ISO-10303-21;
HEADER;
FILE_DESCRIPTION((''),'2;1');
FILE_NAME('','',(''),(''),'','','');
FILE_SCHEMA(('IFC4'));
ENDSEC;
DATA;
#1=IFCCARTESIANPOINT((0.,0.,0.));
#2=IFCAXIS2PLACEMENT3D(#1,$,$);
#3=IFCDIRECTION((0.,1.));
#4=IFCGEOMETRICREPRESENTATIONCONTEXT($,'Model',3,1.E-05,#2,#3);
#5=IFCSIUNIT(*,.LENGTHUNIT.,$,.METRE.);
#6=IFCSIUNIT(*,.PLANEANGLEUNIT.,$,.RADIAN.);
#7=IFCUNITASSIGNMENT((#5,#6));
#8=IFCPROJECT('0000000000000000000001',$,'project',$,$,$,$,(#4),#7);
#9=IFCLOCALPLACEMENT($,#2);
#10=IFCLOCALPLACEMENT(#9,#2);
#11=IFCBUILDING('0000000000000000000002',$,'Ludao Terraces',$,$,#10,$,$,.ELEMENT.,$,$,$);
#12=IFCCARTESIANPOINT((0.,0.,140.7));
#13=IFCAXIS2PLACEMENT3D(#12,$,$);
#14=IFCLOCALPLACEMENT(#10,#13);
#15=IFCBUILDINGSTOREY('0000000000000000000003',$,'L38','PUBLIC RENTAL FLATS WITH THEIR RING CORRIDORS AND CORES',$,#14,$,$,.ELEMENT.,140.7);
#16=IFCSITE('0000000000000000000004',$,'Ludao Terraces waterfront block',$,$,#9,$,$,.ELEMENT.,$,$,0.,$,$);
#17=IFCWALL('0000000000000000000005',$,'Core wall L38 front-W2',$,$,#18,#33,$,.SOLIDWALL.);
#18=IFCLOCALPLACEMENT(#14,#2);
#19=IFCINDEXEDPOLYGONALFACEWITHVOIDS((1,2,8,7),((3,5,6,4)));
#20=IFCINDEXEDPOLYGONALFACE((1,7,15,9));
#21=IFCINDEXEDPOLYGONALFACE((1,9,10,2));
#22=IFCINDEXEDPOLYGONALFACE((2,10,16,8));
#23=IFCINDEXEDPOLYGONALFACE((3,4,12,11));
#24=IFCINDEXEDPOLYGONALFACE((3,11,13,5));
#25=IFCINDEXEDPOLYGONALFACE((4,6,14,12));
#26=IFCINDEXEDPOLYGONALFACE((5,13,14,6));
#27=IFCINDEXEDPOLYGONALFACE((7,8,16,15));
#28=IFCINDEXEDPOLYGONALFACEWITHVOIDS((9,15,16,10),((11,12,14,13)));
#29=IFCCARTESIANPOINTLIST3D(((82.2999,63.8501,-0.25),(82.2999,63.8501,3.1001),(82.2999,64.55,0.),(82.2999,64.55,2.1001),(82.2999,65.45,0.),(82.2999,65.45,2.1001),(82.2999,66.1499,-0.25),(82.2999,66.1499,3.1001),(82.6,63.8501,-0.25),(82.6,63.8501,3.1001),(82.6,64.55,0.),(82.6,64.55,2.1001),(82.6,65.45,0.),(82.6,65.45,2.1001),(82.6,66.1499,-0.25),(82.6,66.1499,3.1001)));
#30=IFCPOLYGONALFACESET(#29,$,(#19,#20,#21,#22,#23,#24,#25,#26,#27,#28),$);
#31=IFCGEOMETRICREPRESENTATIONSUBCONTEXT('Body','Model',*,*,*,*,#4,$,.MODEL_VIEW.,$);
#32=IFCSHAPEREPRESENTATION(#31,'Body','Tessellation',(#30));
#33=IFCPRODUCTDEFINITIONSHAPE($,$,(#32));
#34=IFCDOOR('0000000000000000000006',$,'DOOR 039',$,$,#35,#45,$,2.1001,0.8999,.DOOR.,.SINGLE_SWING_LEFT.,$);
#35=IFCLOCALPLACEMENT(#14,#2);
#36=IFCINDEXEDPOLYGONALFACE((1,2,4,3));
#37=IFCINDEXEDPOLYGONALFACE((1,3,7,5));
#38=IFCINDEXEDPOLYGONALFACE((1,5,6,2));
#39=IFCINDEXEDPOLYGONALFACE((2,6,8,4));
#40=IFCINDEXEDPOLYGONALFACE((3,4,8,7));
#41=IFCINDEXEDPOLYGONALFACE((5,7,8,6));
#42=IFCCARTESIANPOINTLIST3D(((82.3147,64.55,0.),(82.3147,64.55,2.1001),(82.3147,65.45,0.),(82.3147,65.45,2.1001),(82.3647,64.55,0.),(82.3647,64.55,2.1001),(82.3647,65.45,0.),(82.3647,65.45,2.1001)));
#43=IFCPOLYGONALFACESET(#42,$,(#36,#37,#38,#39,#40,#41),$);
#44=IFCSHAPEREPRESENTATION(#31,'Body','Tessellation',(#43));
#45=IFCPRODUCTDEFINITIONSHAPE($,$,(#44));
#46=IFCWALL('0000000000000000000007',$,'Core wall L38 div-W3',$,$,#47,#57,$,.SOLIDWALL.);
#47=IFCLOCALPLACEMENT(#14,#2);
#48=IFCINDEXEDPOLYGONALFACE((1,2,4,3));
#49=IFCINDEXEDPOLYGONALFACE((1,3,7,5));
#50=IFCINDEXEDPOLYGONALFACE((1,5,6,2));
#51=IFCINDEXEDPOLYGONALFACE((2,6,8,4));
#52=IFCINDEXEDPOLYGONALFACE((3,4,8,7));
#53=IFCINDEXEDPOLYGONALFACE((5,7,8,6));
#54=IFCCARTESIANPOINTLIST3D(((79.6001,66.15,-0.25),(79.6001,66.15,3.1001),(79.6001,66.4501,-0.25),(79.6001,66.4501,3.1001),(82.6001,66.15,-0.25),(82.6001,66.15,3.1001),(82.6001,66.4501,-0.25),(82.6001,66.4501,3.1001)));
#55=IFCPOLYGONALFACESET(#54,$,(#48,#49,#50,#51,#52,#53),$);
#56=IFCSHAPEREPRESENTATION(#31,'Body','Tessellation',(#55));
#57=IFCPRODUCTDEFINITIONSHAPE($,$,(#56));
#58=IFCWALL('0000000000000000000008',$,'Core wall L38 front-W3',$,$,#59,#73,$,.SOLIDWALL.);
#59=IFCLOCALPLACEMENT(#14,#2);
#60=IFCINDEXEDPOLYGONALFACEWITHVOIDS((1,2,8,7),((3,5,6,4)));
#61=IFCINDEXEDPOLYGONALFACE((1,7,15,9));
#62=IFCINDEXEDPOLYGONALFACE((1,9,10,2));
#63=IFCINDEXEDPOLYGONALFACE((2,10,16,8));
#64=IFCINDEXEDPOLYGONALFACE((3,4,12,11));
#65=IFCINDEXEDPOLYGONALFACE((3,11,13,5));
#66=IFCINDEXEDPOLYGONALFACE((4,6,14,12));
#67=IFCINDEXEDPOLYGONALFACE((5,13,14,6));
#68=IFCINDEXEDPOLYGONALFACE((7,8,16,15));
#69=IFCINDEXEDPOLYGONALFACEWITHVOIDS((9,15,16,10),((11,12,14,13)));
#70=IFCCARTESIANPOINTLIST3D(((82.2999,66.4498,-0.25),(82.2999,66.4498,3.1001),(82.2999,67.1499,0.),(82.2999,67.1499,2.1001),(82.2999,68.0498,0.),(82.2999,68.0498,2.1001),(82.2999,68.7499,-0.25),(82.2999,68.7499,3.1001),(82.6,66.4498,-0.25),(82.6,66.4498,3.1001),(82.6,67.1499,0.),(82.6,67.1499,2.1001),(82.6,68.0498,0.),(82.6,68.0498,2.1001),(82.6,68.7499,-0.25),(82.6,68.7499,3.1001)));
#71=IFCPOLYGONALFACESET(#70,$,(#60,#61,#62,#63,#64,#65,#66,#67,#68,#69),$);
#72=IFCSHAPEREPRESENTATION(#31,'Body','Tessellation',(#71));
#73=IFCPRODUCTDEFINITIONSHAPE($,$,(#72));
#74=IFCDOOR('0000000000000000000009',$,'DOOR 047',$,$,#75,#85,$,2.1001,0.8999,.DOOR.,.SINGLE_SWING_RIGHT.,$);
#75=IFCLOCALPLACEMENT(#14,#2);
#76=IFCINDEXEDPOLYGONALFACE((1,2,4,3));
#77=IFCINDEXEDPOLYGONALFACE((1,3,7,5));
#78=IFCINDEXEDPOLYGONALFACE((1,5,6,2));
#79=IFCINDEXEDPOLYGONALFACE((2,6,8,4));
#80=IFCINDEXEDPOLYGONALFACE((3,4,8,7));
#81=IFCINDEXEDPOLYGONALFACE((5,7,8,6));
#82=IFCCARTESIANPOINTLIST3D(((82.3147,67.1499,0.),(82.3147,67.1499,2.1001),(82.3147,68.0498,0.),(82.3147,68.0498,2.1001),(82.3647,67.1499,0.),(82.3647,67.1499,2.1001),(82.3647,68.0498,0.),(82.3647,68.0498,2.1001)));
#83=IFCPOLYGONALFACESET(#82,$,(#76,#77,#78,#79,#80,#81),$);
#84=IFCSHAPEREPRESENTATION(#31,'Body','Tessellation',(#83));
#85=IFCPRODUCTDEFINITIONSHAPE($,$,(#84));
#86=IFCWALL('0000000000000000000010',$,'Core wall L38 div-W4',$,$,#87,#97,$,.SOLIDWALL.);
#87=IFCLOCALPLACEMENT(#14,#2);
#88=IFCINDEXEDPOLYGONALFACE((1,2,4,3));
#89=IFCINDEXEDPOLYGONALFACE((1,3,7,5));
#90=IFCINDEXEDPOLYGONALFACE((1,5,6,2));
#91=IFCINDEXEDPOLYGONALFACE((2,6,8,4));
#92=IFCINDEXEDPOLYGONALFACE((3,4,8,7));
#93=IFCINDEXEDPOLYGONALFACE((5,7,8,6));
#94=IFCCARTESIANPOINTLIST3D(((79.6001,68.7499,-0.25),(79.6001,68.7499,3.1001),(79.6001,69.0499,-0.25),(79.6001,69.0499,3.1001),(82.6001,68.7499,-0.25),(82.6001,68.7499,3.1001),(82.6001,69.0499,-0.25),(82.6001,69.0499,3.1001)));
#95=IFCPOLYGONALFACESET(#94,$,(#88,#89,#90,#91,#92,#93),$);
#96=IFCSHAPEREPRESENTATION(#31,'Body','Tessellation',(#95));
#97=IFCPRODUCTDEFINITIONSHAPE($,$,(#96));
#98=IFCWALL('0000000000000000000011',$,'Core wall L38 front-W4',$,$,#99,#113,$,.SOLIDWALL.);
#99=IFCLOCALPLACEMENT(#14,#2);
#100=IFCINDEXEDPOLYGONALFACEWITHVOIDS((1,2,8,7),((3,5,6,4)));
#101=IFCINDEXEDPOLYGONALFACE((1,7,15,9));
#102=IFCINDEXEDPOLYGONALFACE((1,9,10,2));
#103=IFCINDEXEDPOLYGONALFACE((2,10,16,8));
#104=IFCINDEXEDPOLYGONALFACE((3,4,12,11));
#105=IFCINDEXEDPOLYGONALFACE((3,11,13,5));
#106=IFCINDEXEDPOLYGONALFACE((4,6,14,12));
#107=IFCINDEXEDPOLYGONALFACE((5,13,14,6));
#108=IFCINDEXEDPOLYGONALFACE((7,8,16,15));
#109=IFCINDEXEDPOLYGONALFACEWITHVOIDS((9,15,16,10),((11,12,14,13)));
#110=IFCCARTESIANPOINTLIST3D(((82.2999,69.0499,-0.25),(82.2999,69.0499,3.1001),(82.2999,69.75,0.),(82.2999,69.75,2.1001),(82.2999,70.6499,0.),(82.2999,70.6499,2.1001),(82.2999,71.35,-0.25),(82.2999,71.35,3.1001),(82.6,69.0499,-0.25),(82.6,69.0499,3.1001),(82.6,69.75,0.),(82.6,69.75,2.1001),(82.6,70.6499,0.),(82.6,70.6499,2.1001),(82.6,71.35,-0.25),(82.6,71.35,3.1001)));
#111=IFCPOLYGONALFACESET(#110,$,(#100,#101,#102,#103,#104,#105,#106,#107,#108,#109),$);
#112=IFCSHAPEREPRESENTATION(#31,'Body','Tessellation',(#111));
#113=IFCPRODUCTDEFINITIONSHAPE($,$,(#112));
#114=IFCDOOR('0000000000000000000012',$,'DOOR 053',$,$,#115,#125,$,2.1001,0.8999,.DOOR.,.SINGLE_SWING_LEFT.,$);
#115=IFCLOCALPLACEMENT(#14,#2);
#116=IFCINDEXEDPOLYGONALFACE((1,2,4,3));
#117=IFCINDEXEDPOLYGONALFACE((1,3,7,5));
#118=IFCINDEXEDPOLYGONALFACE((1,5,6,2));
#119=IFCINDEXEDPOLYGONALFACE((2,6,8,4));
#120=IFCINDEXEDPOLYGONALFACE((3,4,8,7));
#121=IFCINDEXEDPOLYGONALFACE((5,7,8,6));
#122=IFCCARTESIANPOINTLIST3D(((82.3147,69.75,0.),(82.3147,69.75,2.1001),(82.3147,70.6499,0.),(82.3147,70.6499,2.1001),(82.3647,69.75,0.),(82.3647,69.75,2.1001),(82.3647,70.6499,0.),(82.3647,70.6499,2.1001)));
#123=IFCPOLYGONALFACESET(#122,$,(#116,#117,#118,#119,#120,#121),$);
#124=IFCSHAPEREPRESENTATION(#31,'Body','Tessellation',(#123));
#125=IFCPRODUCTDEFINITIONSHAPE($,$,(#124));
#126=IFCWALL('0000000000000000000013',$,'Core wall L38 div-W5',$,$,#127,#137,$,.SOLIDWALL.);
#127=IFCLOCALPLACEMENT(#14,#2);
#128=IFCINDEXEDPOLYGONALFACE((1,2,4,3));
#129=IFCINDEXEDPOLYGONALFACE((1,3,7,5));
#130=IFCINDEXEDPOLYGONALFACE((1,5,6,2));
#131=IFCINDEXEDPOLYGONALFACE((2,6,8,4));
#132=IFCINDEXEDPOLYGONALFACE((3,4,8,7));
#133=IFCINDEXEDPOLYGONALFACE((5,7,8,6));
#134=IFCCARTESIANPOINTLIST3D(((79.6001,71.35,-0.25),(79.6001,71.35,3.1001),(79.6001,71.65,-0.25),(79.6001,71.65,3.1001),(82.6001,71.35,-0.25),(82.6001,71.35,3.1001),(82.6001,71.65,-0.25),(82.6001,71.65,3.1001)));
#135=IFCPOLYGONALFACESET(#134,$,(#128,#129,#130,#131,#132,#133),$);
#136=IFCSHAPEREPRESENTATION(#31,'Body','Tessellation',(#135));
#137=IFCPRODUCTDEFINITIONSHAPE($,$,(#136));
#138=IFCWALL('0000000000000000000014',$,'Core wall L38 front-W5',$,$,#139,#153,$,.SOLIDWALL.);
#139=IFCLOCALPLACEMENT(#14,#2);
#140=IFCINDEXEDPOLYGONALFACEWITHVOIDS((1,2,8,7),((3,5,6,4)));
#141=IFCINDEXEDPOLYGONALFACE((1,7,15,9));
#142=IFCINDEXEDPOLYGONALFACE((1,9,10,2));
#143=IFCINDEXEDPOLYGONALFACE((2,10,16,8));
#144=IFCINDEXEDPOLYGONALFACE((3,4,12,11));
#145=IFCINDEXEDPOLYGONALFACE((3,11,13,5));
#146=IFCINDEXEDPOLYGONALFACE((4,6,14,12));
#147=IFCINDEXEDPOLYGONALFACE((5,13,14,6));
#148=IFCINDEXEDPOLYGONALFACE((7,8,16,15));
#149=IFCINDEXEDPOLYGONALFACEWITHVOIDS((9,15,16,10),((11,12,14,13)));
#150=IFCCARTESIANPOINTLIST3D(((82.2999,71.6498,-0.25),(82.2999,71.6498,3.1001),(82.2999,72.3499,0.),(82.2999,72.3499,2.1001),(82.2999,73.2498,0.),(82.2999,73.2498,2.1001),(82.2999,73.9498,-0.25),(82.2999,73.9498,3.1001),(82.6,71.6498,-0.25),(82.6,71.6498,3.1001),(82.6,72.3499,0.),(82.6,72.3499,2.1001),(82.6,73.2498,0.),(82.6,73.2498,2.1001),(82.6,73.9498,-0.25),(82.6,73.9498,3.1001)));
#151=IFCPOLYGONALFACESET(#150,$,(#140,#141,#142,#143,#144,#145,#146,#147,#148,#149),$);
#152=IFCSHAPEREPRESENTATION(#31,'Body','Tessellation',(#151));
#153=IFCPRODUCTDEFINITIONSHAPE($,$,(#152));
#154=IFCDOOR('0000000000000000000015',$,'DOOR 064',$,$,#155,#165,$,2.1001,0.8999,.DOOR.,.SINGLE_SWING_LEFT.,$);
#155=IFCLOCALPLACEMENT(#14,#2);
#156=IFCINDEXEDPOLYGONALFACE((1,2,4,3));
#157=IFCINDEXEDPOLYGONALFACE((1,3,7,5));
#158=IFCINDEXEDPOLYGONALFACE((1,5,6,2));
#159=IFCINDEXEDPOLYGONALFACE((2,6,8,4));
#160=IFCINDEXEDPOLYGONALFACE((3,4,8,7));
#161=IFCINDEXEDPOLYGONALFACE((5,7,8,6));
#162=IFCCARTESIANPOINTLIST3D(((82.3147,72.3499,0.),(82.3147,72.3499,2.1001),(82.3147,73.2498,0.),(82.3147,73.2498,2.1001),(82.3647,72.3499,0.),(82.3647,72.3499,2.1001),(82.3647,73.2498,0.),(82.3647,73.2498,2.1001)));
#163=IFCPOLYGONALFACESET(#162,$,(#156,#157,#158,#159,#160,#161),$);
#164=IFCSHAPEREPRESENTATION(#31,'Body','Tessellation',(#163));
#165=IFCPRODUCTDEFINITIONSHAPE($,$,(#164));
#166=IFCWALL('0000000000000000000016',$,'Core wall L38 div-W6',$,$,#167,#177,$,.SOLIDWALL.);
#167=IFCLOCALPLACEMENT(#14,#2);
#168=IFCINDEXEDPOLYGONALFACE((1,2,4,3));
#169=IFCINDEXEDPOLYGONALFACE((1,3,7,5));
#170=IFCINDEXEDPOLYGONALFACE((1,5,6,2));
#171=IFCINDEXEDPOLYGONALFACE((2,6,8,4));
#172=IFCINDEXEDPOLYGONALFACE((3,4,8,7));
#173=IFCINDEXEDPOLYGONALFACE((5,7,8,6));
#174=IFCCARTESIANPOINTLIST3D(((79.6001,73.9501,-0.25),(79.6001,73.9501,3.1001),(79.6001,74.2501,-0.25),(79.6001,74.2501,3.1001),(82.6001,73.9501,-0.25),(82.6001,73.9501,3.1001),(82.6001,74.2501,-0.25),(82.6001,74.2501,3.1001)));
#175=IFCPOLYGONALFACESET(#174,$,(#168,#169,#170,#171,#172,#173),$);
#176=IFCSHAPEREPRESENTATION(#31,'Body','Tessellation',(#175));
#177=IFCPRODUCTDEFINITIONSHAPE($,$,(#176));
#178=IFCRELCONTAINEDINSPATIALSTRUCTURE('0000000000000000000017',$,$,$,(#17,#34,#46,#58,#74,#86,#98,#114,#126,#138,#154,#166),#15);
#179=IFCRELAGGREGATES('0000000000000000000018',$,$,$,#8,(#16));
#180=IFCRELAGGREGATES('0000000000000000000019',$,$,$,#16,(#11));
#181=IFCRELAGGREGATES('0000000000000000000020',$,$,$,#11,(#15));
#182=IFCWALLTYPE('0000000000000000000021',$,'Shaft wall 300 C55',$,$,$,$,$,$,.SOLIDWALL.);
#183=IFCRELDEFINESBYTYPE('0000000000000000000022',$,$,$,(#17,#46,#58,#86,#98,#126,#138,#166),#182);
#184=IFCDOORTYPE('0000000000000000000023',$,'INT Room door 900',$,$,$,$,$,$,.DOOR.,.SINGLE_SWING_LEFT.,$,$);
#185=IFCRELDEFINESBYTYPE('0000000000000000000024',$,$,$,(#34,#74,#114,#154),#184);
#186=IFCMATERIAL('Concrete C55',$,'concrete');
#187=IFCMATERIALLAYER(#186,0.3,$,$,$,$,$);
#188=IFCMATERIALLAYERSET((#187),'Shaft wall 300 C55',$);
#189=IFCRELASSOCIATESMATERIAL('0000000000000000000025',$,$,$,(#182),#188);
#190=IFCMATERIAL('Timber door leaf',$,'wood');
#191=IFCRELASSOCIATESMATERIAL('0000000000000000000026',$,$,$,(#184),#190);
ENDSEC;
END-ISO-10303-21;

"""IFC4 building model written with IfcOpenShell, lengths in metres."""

from ifc_helpers import new_model, si_unit, direction, frame, frame_2d, origin, place, context, subcontext, project, spatial, rectangle, extrude, material, layer, layer_set, type_object, element, fill, save


model = new_model("IFC4")

# Units and contexts
model_context = context("Model", 3, precision=1e-05, world=origin(), true_north=direction((0.0, 1.0)))
body_context = subcontext(model_context, "Body", "Model", "MODEL_VIEW")
ifc_project = project(units=[si_unit("LENGTHUNIT", "METRE"), si_unit("PLANEANGLEUNIT", "RADIAN")], contexts=[model_context])

# Site, building, storey
site_placement = place(None, origin())
site = spatial("IfcSite", under=ifc_project, at=site_placement, Name="Ludao Terraces waterfront block", CompositionType="ELEMENT", RefElevation=0.0)
building_placement = place(site_placement, origin())
building = spatial("IfcBuilding", under=site, at=building_placement, Name="Ludao Terraces", CompositionType="ELEMENT")
storey_placement = place(building_placement, frame((0.0, 0.0, 140.7)))
storey = spatial("IfcBuildingStorey", under=building, at=storey_placement, Name="L38", Description="PUBLIC RENTAL FLATS WITH THEIR RING CORRIDORS AND CORES", CompositionType="ELEMENT", Elevation=140.7)

# Shared definitions
ifc_material_1 = material(Name="Timber door leaf", Category="wood")

# Shared definitions
ifc_material_2 = material(Name="Concrete C55", Category="concrete")
ifc_layer_1 = layer(ifc_material_2, 0.3)
ifc_layer_set_1 = layer_set([ifc_layer_1], Name="Shaft wall 300 C55")
wall_type_1 = type_object("IfcWallType", Name="Shaft wall 300 C55", PredefinedType="SOLIDWALL", material=ifc_layer_set_1)

# Wall, opening, door
wall_1_placement = place(storey_placement, frame((82.45, 63.8501, -0.25), z_axis=(0.0, 0.0, 1.0), x_axis=(0.0, 1.0, 0.0)))
wall_1 = element("IfcWall", 1, at=wall_1_placement, inside=storey, type_object=wall_type_1, Name="Core wall L38 front-W2", PredefinedType="SOLIDWALL", context=body_context, shape_type="SweptSolid", body=[
    extrude(rectangle(XDim=2.2998, YDim=0.3, at=frame_2d((1.1499, 0.0))), origin(), (0.0, 0.0, 1.0), 3.3501),
])
opening_1_placement = place(wall_1_placement, frame((0.7, 0.0, 0.25)))
opening_1 = element("IfcOpeningElement", 2, at=opening_1_placement, cuts=wall_1, PredefinedType="OPENING", context=body_context, shape_type="SweptSolid", body=[
    extrude(rectangle(XDim=0.8999, YDim=2.1001, at=frame_2d((0.45, 1.05))), frame((0.0, 0.1602, 0.0), z_axis=(0.0, -1.0, 0.0), x_axis=(1.0, 0.0, 0.0)), (0.0, 0.0, 1.0), 0.3201),
])
door_type_1 = type_object("IfcDoorType", Name="INT Room door 900", OperationType="SINGLE_SWING_LEFT", PredefinedType="DOOR", material=ifc_material_1)
door_1_placement = place(opening_1_placement, origin())
door_1 = element("IfcDoor", 3, at=door_1_placement, inside=storey, type_object=door_type_1, Name="DOOR 039", OperationType="SINGLE_SWING_LEFT", OverallHeight=2.1001, OverallWidth=0.8999, PredefinedType="DOOR", context=body_context, shape_type="SweptSolid", body=[
    extrude(rectangle(XDim=0.8999, YDim=2.1001, at=frame_2d((0.45, 1.05))), frame((0.0, 0.1353, 0.0), z_axis=(0.0, -1.0, 0.0), x_axis=(1.0, 0.0, 0.0)), (0.0, 0.0, 1.0), 0.05),
])
fill(opening_1, door_1)

# Wall
wall_2_placement = place(storey_placement, frame((79.6001, 66.3, -0.25), z_axis=(0.0, 0.0, 1.0), x_axis=(1.0, 0.0, 0.0)))
element("IfcWall", 4, at=wall_2_placement, inside=storey, type_object=wall_type_1, Name="Core wall L38 div-W3", PredefinedType="SOLIDWALL", context=body_context, shape_type="SweptSolid", body=[
    extrude(rectangle(XDim=3.0, YDim=0.3, at=frame_2d((1.5, 0.0))), origin(), (0.0, 0.0, 1.0), 3.3501),
])

# Wall, opening, door
wall_3_placement = place(storey_placement, frame((82.45, 66.45, -0.25), z_axis=(0.0, 0.0, 1.0), x_axis=(0.0, 1.0, 0.0)))
wall_3 = element("IfcWall", 5, at=wall_3_placement, inside=storey, type_object=wall_type_1, Name="Core wall L38 front-W3", PredefinedType="SOLIDWALL", context=body_context, shape_type="SweptSolid", body=[
    extrude(rectangle(XDim=2.3, YDim=0.3, at=frame_2d((1.1499, 0.0))), origin(), (0.0, 0.0, 1.0), 3.3501),
])
opening_2_placement = place(wall_3_placement, frame((0.7, 0.0, 0.25)))
opening_2 = element("IfcOpeningElement", 6, at=opening_2_placement, cuts=wall_3, PredefinedType="OPENING", context=body_context, shape_type="SweptSolid", body=[
    extrude(rectangle(XDim=0.8999, YDim=2.1001, at=frame_2d((0.45, 1.05))), frame((0.0, 0.1602, 0.0), z_axis=(0.0, -1.0, 0.0), x_axis=(1.0, 0.0, 0.0)), (0.0, 0.0, 1.0), 0.3201),
])
door_2_placement = place(opening_2_placement, origin())
door_2 = element("IfcDoor", 7, at=door_2_placement, inside=storey, type_object=door_type_1, Name="DOOR 047", OperationType="SINGLE_SWING_RIGHT", OverallHeight=2.1001, OverallWidth=0.8999, PredefinedType="DOOR", context=body_context, shape_type="SweptSolid", body=[
    extrude(rectangle(XDim=0.8999, YDim=2.1001, at=frame_2d((0.45, 1.05))), frame((0.0, 0.1353, 0.0), z_axis=(0.0, -1.0, 0.0), x_axis=(1.0, 0.0, 0.0)), (0.0, 0.0, 1.0), 0.05),
])
fill(opening_2, door_2)

# Wall
wall_4_placement = place(storey_placement, frame((79.6001, 68.8999, -0.25), z_axis=(0.0, 0.0, 1.0), x_axis=(1.0, 0.0, 0.0)))
element("IfcWall", 8, at=wall_4_placement, inside=storey, type_object=wall_type_1, Name="Core wall L38 div-W4", PredefinedType="SOLIDWALL", context=body_context, shape_type="SweptSolid", body=[
    extrude(rectangle(XDim=3.0, YDim=0.3, at=frame_2d((1.5, 0.0))), origin(), (0.0, 0.0, 1.0), 3.3501),
])

# Wall, opening, door
wall_5_placement = place(storey_placement, frame((82.45, 69.05, -0.25), z_axis=(0.0, 0.0, 1.0), x_axis=(0.0, 1.0, 0.0)))
wall_5 = element("IfcWall", 9, at=wall_5_placement, inside=storey, type_object=wall_type_1, Name="Core wall L38 front-W4", PredefinedType="SOLIDWALL", context=body_context, shape_type="SweptSolid", body=[
    extrude(rectangle(XDim=2.3, YDim=0.3, at=frame_2d((1.1499, 0.0))), origin(), (0.0, 0.0, 1.0), 3.3501),
])
opening_3_placement = place(wall_5_placement, frame((0.7, 0.0, 0.25)))
opening_3 = element("IfcOpeningElement", 10, at=opening_3_placement, cuts=wall_5, PredefinedType="OPENING", context=body_context, shape_type="SweptSolid", body=[
    extrude(rectangle(XDim=0.8999, YDim=2.1001, at=frame_2d((0.45, 1.05))), frame((0.0, 0.1602, 0.0), z_axis=(0.0, -1.0, 0.0), x_axis=(1.0, 0.0, 0.0)), (0.0, 0.0, 1.0), 0.3201),
])
door_3_placement = place(opening_3_placement, origin())
door_3 = element("IfcDoor", 11, at=door_3_placement, inside=storey, type_object=door_type_1, Name="DOOR 053", OperationType="SINGLE_SWING_LEFT", OverallHeight=2.1001, OverallWidth=0.8999, PredefinedType="DOOR", context=body_context, shape_type="SweptSolid", body=[
    extrude(rectangle(XDim=0.8999, YDim=2.1001, at=frame_2d((0.45, 1.05))), frame((0.0, 0.1353, 0.0), z_axis=(0.0, -1.0, 0.0), x_axis=(1.0, 0.0, 0.0)), (0.0, 0.0, 1.0), 0.05),
])
fill(opening_3, door_3)

# Wall
wall_6_placement = place(storey_placement, frame((79.6001, 71.5, -0.25), z_axis=(0.0, 0.0, 1.0), x_axis=(1.0, 0.0, 0.0)))
element("IfcWall", 12, at=wall_6_placement, inside=storey, type_object=wall_type_1, Name="Core wall L38 div-W5", PredefinedType="SOLIDWALL", context=body_context, shape_type="SweptSolid", body=[
    extrude(rectangle(XDim=3.0, YDim=0.3, at=frame_2d((1.5, 0.0))), origin(), (0.0, 0.0, 1.0), 3.3501),
])

# Wall, opening, door
wall_7_placement = place(storey_placement, frame((82.45, 71.6499, -0.25), z_axis=(0.0, 0.0, 1.0), x_axis=(0.0, 1.0, 0.0)))
wall_7 = element("IfcWall", 13, at=wall_7_placement, inside=storey, type_object=wall_type_1, Name="Core wall L38 front-W5", PredefinedType="SOLIDWALL", context=body_context, shape_type="SweptSolid", body=[
    extrude(rectangle(XDim=2.3, YDim=0.3, at=frame_2d((1.1499, 0.0))), origin(), (0.0, 0.0, 1.0), 3.3501),
])
opening_4_placement = place(wall_7_placement, frame((0.7, 0.0, 0.25)))
opening_4 = element("IfcOpeningElement", 14, at=opening_4_placement, cuts=wall_7, PredefinedType="OPENING", context=body_context, shape_type="SweptSolid", body=[
    extrude(rectangle(XDim=0.8999, YDim=2.1001, at=frame_2d((0.45, 1.05))), frame((0.0, 0.1602, 0.0), z_axis=(0.0, -1.0, 0.0), x_axis=(1.0, 0.0, 0.0)), (0.0, 0.0, 1.0), 0.3201),
])
door_4_placement = place(opening_4_placement, origin())
door_4 = element("IfcDoor", 15, at=door_4_placement, inside=storey, type_object=door_type_1, Name="DOOR 064", OperationType="SINGLE_SWING_LEFT", OverallHeight=2.1001, OverallWidth=0.8999, PredefinedType="DOOR", context=body_context, shape_type="SweptSolid", body=[
    extrude(rectangle(XDim=0.8999, YDim=2.1001, at=frame_2d((0.45, 1.05))), frame((0.0, 0.1353, 0.0), z_axis=(0.0, -1.0, 0.0), x_axis=(1.0, 0.0, 0.0)), (0.0, 0.0, 1.0), 0.05),
])
fill(opening_4, door_4)

# Wall
wall_8_placement = place(storey_placement, frame((79.6001, 74.1001, -0.25), z_axis=(0.0, 0.0, 1.0), x_axis=(1.0, 0.0, 0.0)))
element("IfcWall", 16, at=wall_8_placement, inside=storey, type_object=wall_type_1, Name="Core wall L38 div-W6", PredefinedType="SOLIDWALL", context=body_context, shape_type="SweptSolid", body=[
    extrude(rectangle(XDim=3.0, YDim=0.3, at=frame_2d((1.5, 0.0))), origin(), (0.0, 0.0, 1.0), 3.3501),
])

save(model, "model.ifc")
